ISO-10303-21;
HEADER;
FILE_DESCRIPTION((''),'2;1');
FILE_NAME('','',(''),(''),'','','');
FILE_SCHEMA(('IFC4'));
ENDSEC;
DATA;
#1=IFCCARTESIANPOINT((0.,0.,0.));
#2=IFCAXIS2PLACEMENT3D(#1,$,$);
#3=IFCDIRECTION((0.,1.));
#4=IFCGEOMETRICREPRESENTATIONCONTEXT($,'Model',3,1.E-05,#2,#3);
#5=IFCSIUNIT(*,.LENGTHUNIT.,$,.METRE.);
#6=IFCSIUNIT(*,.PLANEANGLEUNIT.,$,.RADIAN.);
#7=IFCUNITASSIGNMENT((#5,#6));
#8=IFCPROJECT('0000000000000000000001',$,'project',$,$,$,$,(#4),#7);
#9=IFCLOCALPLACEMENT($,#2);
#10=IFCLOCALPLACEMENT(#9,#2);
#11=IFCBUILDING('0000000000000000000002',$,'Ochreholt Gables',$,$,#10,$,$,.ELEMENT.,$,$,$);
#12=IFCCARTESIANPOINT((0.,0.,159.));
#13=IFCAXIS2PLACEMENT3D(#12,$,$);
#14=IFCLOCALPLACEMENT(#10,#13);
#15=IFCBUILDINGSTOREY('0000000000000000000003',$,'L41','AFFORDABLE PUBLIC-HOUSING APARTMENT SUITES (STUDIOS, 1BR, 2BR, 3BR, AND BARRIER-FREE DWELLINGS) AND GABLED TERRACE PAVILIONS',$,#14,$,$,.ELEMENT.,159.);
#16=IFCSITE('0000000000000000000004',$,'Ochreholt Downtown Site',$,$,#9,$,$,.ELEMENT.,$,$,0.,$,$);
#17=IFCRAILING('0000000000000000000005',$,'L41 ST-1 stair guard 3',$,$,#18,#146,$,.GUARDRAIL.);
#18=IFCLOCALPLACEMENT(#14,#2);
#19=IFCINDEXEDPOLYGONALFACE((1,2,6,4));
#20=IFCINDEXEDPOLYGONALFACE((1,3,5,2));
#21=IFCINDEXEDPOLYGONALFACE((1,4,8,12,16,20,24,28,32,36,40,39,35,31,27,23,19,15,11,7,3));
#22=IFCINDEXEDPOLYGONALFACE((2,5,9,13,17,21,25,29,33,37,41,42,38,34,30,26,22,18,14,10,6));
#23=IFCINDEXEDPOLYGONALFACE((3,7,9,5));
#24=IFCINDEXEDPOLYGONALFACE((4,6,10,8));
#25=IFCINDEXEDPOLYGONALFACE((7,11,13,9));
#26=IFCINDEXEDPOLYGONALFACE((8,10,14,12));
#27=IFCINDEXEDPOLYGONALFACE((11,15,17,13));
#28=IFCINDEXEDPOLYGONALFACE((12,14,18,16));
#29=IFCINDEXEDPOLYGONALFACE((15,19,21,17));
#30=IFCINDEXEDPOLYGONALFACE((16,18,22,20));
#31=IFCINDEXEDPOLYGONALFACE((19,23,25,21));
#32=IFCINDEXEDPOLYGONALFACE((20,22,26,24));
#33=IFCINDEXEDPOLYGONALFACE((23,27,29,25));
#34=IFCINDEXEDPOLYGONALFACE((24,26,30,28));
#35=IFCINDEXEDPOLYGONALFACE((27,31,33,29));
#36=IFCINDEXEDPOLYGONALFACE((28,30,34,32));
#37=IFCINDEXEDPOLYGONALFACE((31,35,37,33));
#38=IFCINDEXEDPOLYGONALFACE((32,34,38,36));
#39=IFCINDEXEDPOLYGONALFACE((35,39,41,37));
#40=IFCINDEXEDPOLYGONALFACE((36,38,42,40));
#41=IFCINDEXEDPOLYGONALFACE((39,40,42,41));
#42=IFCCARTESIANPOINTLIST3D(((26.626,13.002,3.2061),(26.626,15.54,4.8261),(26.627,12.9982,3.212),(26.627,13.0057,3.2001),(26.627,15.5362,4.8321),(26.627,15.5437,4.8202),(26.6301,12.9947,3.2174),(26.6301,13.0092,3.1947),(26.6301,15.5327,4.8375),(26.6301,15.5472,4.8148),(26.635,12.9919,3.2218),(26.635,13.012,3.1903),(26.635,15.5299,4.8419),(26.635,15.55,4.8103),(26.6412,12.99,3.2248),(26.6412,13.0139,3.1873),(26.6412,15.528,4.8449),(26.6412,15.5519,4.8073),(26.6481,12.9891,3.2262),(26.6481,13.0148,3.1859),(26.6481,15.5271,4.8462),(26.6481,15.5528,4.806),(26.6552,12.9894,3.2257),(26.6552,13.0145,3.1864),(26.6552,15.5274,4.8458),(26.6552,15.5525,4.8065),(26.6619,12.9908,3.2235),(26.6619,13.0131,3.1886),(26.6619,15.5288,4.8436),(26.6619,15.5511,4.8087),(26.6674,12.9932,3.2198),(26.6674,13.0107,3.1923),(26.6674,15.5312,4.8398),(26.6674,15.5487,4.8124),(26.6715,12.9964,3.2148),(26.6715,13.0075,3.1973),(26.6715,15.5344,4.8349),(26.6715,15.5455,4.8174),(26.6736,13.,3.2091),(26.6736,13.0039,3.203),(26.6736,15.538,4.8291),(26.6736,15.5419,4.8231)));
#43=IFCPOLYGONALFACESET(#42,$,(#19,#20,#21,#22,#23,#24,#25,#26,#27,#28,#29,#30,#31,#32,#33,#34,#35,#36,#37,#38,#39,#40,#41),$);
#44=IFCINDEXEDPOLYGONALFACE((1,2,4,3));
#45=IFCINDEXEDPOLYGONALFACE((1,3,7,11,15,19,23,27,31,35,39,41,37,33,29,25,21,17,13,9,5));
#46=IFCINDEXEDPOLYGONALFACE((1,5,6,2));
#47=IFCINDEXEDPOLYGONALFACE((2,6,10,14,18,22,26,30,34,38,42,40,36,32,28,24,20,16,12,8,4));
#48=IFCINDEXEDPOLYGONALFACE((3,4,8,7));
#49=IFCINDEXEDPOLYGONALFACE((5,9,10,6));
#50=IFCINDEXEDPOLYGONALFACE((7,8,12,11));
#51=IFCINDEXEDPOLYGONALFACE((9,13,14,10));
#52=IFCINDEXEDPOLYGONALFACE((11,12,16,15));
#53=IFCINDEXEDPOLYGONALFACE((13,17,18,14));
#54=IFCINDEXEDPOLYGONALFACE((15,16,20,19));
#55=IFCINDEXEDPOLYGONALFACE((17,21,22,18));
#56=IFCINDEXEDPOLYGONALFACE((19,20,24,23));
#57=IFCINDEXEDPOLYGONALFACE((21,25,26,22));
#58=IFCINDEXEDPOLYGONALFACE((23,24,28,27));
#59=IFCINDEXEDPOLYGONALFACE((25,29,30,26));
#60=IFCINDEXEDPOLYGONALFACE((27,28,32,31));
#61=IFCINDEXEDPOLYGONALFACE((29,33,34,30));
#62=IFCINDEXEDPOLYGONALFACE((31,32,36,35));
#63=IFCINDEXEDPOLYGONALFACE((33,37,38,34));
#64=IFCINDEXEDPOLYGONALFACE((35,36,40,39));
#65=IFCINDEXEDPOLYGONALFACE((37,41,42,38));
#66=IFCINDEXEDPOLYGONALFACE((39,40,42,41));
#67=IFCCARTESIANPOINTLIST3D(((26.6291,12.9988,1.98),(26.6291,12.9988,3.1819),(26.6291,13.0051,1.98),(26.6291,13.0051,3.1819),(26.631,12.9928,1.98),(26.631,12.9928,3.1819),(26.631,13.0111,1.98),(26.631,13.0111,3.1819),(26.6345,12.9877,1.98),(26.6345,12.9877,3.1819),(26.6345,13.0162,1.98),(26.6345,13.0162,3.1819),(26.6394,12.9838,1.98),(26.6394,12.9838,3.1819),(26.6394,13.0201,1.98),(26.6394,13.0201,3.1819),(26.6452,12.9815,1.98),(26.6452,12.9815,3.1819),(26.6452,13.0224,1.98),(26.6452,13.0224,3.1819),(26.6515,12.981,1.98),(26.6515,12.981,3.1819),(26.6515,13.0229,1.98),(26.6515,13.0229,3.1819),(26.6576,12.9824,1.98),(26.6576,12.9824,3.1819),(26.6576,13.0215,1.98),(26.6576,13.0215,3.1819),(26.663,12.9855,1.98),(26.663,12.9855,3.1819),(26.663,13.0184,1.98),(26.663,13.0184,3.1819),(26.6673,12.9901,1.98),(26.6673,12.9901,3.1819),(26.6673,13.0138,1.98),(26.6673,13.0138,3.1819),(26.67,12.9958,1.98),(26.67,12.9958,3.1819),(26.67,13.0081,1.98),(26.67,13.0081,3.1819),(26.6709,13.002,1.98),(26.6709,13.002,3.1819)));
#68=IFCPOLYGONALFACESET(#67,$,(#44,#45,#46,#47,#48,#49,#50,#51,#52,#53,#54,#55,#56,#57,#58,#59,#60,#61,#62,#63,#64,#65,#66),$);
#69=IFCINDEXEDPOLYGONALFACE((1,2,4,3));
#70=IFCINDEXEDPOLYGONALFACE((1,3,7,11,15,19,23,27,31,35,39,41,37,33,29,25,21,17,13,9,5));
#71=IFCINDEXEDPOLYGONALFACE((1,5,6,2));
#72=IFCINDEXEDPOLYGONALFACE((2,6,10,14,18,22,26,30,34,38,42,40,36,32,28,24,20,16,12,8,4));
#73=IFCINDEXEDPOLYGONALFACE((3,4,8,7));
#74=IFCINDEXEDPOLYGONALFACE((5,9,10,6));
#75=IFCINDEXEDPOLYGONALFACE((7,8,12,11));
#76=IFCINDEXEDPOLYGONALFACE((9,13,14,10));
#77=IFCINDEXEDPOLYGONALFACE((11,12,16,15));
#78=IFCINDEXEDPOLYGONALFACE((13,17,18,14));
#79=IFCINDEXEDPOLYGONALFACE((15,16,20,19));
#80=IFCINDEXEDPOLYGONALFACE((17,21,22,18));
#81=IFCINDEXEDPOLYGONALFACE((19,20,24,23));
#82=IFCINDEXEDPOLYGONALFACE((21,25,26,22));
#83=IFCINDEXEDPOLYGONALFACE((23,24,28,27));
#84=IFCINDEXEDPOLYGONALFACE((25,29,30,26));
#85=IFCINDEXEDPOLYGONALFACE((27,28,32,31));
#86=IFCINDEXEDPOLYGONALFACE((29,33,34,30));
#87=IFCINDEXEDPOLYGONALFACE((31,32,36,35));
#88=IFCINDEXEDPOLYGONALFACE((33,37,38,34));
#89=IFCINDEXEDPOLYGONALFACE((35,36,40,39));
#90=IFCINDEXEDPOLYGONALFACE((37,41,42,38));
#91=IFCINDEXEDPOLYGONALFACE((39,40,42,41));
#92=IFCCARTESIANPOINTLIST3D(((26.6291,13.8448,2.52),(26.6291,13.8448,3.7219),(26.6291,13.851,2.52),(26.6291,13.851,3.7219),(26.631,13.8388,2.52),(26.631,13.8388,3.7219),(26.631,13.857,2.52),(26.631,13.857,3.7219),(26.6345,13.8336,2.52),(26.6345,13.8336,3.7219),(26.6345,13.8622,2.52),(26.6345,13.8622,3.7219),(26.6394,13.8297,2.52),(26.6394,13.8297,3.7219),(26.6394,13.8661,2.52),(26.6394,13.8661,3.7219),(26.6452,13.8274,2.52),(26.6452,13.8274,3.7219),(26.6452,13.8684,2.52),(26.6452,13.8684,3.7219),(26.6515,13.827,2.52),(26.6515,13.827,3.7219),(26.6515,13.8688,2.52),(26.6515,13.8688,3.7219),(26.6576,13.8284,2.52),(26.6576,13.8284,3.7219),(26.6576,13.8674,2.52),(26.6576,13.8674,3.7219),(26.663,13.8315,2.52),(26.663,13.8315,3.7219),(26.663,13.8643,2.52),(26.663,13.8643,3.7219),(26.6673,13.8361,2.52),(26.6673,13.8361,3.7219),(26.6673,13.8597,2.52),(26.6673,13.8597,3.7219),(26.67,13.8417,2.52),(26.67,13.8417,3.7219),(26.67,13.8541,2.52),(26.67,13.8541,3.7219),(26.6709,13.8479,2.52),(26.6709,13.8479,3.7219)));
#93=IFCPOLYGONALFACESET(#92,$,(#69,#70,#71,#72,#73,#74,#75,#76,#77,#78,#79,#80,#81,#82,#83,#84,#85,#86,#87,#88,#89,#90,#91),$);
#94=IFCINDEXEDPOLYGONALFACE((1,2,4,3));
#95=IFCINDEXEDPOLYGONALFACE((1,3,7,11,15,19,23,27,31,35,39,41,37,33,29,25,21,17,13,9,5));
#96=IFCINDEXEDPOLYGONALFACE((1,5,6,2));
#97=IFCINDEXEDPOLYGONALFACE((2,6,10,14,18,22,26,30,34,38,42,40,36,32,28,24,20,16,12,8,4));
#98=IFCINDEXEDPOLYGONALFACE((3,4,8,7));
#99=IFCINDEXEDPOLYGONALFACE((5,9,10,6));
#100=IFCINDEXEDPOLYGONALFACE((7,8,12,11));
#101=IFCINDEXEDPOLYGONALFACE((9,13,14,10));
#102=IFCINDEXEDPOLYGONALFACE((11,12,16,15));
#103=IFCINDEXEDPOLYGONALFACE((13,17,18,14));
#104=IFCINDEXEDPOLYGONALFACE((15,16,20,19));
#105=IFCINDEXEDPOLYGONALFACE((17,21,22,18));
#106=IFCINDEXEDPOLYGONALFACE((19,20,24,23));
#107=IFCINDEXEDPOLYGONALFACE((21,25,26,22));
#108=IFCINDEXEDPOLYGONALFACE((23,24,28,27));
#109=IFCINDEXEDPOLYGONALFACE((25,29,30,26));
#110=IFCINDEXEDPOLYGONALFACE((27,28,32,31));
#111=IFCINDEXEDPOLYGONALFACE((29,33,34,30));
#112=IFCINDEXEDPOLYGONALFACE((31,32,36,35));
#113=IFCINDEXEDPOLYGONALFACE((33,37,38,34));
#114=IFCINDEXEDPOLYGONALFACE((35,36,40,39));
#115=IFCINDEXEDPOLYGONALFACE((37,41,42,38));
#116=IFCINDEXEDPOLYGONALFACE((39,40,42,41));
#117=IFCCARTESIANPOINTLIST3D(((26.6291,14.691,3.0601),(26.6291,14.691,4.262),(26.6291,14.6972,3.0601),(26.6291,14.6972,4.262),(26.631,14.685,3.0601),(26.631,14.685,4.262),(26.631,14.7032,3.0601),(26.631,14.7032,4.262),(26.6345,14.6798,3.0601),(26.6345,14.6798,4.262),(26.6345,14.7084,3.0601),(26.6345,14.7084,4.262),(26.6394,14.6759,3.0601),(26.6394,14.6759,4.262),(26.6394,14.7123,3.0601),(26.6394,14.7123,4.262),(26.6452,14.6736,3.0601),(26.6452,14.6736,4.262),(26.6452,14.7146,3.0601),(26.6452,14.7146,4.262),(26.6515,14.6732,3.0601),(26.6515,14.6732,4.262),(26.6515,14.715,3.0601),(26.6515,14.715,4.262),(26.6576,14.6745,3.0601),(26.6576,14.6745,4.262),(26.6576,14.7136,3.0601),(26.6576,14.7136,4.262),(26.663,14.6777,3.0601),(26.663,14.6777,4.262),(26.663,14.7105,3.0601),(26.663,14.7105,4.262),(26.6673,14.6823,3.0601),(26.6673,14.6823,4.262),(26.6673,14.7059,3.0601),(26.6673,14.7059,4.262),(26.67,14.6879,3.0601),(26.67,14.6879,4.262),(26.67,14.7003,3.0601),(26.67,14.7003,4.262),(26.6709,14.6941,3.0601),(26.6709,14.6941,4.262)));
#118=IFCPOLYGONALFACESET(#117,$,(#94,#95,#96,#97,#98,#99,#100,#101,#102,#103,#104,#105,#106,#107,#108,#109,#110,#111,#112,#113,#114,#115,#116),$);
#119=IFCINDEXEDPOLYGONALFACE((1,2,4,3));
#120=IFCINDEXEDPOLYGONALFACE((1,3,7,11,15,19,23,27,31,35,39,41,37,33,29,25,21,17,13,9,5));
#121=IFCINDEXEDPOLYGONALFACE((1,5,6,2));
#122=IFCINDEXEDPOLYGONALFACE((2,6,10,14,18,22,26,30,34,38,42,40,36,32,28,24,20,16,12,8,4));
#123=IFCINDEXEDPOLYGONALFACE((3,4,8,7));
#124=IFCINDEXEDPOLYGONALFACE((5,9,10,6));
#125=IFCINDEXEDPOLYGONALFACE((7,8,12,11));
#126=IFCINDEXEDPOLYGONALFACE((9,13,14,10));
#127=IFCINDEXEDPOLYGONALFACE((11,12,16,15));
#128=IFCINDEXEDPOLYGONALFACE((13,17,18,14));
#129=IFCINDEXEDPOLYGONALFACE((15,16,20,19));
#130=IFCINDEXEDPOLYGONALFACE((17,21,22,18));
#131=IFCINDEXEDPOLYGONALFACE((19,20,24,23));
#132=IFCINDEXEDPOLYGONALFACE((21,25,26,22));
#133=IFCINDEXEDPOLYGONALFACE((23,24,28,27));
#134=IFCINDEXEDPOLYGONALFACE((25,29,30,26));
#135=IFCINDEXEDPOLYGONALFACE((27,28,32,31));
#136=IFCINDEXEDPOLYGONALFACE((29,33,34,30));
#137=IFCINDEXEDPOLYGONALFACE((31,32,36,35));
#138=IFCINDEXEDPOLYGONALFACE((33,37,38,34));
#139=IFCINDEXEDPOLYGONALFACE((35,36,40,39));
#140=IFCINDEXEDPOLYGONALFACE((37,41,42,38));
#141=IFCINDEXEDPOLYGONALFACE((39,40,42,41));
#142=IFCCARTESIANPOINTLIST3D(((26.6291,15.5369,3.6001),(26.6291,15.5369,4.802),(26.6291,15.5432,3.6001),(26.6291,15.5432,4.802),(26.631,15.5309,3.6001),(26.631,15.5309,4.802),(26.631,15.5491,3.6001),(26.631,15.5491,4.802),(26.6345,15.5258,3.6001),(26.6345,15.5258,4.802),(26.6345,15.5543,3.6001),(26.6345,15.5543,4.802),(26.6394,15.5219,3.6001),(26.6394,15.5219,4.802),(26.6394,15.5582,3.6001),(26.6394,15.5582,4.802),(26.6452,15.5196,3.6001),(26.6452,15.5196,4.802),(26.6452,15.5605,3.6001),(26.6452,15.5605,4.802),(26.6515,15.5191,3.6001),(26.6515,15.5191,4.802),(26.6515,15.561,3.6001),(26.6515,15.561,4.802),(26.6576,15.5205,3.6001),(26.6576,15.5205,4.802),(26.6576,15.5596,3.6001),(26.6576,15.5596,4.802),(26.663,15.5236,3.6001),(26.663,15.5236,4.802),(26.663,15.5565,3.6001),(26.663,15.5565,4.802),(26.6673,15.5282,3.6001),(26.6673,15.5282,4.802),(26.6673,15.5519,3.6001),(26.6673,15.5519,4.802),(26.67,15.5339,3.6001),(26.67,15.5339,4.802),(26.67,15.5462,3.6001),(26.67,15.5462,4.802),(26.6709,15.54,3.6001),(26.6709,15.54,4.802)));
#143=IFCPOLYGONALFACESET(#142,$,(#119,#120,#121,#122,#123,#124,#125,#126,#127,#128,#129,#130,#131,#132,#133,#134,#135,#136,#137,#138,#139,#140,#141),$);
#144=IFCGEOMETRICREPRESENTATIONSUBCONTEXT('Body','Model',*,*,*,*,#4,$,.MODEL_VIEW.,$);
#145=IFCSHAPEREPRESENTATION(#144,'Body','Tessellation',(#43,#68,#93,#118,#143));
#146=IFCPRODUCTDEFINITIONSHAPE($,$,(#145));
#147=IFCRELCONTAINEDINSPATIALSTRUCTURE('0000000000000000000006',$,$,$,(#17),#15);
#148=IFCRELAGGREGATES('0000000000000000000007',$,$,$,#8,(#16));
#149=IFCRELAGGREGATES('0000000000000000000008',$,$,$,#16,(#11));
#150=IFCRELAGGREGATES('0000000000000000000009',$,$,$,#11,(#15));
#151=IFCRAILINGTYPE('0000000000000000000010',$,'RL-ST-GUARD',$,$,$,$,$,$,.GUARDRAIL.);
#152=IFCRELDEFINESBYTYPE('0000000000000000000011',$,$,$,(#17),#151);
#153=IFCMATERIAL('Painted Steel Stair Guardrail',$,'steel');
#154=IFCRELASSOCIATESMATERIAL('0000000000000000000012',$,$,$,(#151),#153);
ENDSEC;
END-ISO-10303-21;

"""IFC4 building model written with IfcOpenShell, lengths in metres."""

from ifc_helpers import new_model, si_unit, direction, frame, origin, origin_2d, place, context, subcontext, project, spatial, circle, extrude, material, type_object, element, save


model = new_model("IFC4")

# Units and contexts
model_context = context("Model", 3, precision=1e-05, world=origin(), true_north=direction((0.0, 1.0)))
body_context = subcontext(model_context, "Body", "Model", "MODEL_VIEW")
ifc_project = project(units=[si_unit("LENGTHUNIT", "METRE"), si_unit("PLANEANGLEUNIT", "RADIAN")], contexts=[model_context])

# Site, building, storey
site_placement = place(None, origin())
site = spatial("IfcSite", under=ifc_project, at=site_placement, Name="Ochreholt Downtown Site", CompositionType="ELEMENT", RefElevation=0.0)
building_placement = place(site_placement, origin())
building = spatial("IfcBuilding", under=site, at=building_placement, Name="Ochreholt Gables", CompositionType="ELEMENT")
storey_placement = place(building_placement, frame((0.0, 0.0, 159.0)))
storey = spatial("IfcBuildingStorey", under=building, at=storey_placement, Name="L41", Description="AFFORDABLE PUBLIC-HOUSING APARTMENT SUITES (STUDIOS, 1BR, 2BR, 3BR, AND BARRIER-FREE DWELLINGS) AND GABLED TERRACE PAVILIONS", CompositionType="ELEMENT", Elevation=159.0)

# Railing
ifc_material_1 = material(Name="Painted Steel Stair Guardrail", Category="steel")
railing_type_1 = type_object("IfcRailingType", Name="RL-ST-GUARD", PredefinedType="GUARDRAIL", material=ifc_material_1)
railing_1_placement = place(storey_placement, frame((26.6499, 13.002, 1.98)))
element("IfcRailing", 1, at=railing_1_placement, inside=storey, type_object=railing_type_1, Name="L41 ST-1 stair guard 3", PredefinedType="GUARDRAIL", context=body_context, shape_type="SweptSolid", body=[
    extrude(circle(Radius=0.0239, at=origin_2d()), frame((0.0, 0.0, 1.2261), z_axis=(0.0, 0.842913, 0.53805), x_axis=(-1.0, 0.0, 0.0)), (0.0, 0.0, 1.0), 3.011),
    extrude(circle(Radius=0.021, at=origin_2d()), origin(), (0.0, 0.0, 1.0), 1.2019),
    extrude(circle(Radius=0.021, at=origin_2d()), frame((0.0, 0.8459, 0.54)), (0.0, 0.0, 1.0), 1.2019),
    extrude(circle(Radius=0.021, at=origin_2d()), frame((0.0, 1.6921, 1.0801)), (0.0, 0.0, 1.0), 1.2019),
    extrude(circle(Radius=0.021, at=origin_2d()), frame((0.0, 2.5381, 1.6201)), (0.0, 0.0, 1.0), 1.2019),
])

save(model, "model.ifc")
